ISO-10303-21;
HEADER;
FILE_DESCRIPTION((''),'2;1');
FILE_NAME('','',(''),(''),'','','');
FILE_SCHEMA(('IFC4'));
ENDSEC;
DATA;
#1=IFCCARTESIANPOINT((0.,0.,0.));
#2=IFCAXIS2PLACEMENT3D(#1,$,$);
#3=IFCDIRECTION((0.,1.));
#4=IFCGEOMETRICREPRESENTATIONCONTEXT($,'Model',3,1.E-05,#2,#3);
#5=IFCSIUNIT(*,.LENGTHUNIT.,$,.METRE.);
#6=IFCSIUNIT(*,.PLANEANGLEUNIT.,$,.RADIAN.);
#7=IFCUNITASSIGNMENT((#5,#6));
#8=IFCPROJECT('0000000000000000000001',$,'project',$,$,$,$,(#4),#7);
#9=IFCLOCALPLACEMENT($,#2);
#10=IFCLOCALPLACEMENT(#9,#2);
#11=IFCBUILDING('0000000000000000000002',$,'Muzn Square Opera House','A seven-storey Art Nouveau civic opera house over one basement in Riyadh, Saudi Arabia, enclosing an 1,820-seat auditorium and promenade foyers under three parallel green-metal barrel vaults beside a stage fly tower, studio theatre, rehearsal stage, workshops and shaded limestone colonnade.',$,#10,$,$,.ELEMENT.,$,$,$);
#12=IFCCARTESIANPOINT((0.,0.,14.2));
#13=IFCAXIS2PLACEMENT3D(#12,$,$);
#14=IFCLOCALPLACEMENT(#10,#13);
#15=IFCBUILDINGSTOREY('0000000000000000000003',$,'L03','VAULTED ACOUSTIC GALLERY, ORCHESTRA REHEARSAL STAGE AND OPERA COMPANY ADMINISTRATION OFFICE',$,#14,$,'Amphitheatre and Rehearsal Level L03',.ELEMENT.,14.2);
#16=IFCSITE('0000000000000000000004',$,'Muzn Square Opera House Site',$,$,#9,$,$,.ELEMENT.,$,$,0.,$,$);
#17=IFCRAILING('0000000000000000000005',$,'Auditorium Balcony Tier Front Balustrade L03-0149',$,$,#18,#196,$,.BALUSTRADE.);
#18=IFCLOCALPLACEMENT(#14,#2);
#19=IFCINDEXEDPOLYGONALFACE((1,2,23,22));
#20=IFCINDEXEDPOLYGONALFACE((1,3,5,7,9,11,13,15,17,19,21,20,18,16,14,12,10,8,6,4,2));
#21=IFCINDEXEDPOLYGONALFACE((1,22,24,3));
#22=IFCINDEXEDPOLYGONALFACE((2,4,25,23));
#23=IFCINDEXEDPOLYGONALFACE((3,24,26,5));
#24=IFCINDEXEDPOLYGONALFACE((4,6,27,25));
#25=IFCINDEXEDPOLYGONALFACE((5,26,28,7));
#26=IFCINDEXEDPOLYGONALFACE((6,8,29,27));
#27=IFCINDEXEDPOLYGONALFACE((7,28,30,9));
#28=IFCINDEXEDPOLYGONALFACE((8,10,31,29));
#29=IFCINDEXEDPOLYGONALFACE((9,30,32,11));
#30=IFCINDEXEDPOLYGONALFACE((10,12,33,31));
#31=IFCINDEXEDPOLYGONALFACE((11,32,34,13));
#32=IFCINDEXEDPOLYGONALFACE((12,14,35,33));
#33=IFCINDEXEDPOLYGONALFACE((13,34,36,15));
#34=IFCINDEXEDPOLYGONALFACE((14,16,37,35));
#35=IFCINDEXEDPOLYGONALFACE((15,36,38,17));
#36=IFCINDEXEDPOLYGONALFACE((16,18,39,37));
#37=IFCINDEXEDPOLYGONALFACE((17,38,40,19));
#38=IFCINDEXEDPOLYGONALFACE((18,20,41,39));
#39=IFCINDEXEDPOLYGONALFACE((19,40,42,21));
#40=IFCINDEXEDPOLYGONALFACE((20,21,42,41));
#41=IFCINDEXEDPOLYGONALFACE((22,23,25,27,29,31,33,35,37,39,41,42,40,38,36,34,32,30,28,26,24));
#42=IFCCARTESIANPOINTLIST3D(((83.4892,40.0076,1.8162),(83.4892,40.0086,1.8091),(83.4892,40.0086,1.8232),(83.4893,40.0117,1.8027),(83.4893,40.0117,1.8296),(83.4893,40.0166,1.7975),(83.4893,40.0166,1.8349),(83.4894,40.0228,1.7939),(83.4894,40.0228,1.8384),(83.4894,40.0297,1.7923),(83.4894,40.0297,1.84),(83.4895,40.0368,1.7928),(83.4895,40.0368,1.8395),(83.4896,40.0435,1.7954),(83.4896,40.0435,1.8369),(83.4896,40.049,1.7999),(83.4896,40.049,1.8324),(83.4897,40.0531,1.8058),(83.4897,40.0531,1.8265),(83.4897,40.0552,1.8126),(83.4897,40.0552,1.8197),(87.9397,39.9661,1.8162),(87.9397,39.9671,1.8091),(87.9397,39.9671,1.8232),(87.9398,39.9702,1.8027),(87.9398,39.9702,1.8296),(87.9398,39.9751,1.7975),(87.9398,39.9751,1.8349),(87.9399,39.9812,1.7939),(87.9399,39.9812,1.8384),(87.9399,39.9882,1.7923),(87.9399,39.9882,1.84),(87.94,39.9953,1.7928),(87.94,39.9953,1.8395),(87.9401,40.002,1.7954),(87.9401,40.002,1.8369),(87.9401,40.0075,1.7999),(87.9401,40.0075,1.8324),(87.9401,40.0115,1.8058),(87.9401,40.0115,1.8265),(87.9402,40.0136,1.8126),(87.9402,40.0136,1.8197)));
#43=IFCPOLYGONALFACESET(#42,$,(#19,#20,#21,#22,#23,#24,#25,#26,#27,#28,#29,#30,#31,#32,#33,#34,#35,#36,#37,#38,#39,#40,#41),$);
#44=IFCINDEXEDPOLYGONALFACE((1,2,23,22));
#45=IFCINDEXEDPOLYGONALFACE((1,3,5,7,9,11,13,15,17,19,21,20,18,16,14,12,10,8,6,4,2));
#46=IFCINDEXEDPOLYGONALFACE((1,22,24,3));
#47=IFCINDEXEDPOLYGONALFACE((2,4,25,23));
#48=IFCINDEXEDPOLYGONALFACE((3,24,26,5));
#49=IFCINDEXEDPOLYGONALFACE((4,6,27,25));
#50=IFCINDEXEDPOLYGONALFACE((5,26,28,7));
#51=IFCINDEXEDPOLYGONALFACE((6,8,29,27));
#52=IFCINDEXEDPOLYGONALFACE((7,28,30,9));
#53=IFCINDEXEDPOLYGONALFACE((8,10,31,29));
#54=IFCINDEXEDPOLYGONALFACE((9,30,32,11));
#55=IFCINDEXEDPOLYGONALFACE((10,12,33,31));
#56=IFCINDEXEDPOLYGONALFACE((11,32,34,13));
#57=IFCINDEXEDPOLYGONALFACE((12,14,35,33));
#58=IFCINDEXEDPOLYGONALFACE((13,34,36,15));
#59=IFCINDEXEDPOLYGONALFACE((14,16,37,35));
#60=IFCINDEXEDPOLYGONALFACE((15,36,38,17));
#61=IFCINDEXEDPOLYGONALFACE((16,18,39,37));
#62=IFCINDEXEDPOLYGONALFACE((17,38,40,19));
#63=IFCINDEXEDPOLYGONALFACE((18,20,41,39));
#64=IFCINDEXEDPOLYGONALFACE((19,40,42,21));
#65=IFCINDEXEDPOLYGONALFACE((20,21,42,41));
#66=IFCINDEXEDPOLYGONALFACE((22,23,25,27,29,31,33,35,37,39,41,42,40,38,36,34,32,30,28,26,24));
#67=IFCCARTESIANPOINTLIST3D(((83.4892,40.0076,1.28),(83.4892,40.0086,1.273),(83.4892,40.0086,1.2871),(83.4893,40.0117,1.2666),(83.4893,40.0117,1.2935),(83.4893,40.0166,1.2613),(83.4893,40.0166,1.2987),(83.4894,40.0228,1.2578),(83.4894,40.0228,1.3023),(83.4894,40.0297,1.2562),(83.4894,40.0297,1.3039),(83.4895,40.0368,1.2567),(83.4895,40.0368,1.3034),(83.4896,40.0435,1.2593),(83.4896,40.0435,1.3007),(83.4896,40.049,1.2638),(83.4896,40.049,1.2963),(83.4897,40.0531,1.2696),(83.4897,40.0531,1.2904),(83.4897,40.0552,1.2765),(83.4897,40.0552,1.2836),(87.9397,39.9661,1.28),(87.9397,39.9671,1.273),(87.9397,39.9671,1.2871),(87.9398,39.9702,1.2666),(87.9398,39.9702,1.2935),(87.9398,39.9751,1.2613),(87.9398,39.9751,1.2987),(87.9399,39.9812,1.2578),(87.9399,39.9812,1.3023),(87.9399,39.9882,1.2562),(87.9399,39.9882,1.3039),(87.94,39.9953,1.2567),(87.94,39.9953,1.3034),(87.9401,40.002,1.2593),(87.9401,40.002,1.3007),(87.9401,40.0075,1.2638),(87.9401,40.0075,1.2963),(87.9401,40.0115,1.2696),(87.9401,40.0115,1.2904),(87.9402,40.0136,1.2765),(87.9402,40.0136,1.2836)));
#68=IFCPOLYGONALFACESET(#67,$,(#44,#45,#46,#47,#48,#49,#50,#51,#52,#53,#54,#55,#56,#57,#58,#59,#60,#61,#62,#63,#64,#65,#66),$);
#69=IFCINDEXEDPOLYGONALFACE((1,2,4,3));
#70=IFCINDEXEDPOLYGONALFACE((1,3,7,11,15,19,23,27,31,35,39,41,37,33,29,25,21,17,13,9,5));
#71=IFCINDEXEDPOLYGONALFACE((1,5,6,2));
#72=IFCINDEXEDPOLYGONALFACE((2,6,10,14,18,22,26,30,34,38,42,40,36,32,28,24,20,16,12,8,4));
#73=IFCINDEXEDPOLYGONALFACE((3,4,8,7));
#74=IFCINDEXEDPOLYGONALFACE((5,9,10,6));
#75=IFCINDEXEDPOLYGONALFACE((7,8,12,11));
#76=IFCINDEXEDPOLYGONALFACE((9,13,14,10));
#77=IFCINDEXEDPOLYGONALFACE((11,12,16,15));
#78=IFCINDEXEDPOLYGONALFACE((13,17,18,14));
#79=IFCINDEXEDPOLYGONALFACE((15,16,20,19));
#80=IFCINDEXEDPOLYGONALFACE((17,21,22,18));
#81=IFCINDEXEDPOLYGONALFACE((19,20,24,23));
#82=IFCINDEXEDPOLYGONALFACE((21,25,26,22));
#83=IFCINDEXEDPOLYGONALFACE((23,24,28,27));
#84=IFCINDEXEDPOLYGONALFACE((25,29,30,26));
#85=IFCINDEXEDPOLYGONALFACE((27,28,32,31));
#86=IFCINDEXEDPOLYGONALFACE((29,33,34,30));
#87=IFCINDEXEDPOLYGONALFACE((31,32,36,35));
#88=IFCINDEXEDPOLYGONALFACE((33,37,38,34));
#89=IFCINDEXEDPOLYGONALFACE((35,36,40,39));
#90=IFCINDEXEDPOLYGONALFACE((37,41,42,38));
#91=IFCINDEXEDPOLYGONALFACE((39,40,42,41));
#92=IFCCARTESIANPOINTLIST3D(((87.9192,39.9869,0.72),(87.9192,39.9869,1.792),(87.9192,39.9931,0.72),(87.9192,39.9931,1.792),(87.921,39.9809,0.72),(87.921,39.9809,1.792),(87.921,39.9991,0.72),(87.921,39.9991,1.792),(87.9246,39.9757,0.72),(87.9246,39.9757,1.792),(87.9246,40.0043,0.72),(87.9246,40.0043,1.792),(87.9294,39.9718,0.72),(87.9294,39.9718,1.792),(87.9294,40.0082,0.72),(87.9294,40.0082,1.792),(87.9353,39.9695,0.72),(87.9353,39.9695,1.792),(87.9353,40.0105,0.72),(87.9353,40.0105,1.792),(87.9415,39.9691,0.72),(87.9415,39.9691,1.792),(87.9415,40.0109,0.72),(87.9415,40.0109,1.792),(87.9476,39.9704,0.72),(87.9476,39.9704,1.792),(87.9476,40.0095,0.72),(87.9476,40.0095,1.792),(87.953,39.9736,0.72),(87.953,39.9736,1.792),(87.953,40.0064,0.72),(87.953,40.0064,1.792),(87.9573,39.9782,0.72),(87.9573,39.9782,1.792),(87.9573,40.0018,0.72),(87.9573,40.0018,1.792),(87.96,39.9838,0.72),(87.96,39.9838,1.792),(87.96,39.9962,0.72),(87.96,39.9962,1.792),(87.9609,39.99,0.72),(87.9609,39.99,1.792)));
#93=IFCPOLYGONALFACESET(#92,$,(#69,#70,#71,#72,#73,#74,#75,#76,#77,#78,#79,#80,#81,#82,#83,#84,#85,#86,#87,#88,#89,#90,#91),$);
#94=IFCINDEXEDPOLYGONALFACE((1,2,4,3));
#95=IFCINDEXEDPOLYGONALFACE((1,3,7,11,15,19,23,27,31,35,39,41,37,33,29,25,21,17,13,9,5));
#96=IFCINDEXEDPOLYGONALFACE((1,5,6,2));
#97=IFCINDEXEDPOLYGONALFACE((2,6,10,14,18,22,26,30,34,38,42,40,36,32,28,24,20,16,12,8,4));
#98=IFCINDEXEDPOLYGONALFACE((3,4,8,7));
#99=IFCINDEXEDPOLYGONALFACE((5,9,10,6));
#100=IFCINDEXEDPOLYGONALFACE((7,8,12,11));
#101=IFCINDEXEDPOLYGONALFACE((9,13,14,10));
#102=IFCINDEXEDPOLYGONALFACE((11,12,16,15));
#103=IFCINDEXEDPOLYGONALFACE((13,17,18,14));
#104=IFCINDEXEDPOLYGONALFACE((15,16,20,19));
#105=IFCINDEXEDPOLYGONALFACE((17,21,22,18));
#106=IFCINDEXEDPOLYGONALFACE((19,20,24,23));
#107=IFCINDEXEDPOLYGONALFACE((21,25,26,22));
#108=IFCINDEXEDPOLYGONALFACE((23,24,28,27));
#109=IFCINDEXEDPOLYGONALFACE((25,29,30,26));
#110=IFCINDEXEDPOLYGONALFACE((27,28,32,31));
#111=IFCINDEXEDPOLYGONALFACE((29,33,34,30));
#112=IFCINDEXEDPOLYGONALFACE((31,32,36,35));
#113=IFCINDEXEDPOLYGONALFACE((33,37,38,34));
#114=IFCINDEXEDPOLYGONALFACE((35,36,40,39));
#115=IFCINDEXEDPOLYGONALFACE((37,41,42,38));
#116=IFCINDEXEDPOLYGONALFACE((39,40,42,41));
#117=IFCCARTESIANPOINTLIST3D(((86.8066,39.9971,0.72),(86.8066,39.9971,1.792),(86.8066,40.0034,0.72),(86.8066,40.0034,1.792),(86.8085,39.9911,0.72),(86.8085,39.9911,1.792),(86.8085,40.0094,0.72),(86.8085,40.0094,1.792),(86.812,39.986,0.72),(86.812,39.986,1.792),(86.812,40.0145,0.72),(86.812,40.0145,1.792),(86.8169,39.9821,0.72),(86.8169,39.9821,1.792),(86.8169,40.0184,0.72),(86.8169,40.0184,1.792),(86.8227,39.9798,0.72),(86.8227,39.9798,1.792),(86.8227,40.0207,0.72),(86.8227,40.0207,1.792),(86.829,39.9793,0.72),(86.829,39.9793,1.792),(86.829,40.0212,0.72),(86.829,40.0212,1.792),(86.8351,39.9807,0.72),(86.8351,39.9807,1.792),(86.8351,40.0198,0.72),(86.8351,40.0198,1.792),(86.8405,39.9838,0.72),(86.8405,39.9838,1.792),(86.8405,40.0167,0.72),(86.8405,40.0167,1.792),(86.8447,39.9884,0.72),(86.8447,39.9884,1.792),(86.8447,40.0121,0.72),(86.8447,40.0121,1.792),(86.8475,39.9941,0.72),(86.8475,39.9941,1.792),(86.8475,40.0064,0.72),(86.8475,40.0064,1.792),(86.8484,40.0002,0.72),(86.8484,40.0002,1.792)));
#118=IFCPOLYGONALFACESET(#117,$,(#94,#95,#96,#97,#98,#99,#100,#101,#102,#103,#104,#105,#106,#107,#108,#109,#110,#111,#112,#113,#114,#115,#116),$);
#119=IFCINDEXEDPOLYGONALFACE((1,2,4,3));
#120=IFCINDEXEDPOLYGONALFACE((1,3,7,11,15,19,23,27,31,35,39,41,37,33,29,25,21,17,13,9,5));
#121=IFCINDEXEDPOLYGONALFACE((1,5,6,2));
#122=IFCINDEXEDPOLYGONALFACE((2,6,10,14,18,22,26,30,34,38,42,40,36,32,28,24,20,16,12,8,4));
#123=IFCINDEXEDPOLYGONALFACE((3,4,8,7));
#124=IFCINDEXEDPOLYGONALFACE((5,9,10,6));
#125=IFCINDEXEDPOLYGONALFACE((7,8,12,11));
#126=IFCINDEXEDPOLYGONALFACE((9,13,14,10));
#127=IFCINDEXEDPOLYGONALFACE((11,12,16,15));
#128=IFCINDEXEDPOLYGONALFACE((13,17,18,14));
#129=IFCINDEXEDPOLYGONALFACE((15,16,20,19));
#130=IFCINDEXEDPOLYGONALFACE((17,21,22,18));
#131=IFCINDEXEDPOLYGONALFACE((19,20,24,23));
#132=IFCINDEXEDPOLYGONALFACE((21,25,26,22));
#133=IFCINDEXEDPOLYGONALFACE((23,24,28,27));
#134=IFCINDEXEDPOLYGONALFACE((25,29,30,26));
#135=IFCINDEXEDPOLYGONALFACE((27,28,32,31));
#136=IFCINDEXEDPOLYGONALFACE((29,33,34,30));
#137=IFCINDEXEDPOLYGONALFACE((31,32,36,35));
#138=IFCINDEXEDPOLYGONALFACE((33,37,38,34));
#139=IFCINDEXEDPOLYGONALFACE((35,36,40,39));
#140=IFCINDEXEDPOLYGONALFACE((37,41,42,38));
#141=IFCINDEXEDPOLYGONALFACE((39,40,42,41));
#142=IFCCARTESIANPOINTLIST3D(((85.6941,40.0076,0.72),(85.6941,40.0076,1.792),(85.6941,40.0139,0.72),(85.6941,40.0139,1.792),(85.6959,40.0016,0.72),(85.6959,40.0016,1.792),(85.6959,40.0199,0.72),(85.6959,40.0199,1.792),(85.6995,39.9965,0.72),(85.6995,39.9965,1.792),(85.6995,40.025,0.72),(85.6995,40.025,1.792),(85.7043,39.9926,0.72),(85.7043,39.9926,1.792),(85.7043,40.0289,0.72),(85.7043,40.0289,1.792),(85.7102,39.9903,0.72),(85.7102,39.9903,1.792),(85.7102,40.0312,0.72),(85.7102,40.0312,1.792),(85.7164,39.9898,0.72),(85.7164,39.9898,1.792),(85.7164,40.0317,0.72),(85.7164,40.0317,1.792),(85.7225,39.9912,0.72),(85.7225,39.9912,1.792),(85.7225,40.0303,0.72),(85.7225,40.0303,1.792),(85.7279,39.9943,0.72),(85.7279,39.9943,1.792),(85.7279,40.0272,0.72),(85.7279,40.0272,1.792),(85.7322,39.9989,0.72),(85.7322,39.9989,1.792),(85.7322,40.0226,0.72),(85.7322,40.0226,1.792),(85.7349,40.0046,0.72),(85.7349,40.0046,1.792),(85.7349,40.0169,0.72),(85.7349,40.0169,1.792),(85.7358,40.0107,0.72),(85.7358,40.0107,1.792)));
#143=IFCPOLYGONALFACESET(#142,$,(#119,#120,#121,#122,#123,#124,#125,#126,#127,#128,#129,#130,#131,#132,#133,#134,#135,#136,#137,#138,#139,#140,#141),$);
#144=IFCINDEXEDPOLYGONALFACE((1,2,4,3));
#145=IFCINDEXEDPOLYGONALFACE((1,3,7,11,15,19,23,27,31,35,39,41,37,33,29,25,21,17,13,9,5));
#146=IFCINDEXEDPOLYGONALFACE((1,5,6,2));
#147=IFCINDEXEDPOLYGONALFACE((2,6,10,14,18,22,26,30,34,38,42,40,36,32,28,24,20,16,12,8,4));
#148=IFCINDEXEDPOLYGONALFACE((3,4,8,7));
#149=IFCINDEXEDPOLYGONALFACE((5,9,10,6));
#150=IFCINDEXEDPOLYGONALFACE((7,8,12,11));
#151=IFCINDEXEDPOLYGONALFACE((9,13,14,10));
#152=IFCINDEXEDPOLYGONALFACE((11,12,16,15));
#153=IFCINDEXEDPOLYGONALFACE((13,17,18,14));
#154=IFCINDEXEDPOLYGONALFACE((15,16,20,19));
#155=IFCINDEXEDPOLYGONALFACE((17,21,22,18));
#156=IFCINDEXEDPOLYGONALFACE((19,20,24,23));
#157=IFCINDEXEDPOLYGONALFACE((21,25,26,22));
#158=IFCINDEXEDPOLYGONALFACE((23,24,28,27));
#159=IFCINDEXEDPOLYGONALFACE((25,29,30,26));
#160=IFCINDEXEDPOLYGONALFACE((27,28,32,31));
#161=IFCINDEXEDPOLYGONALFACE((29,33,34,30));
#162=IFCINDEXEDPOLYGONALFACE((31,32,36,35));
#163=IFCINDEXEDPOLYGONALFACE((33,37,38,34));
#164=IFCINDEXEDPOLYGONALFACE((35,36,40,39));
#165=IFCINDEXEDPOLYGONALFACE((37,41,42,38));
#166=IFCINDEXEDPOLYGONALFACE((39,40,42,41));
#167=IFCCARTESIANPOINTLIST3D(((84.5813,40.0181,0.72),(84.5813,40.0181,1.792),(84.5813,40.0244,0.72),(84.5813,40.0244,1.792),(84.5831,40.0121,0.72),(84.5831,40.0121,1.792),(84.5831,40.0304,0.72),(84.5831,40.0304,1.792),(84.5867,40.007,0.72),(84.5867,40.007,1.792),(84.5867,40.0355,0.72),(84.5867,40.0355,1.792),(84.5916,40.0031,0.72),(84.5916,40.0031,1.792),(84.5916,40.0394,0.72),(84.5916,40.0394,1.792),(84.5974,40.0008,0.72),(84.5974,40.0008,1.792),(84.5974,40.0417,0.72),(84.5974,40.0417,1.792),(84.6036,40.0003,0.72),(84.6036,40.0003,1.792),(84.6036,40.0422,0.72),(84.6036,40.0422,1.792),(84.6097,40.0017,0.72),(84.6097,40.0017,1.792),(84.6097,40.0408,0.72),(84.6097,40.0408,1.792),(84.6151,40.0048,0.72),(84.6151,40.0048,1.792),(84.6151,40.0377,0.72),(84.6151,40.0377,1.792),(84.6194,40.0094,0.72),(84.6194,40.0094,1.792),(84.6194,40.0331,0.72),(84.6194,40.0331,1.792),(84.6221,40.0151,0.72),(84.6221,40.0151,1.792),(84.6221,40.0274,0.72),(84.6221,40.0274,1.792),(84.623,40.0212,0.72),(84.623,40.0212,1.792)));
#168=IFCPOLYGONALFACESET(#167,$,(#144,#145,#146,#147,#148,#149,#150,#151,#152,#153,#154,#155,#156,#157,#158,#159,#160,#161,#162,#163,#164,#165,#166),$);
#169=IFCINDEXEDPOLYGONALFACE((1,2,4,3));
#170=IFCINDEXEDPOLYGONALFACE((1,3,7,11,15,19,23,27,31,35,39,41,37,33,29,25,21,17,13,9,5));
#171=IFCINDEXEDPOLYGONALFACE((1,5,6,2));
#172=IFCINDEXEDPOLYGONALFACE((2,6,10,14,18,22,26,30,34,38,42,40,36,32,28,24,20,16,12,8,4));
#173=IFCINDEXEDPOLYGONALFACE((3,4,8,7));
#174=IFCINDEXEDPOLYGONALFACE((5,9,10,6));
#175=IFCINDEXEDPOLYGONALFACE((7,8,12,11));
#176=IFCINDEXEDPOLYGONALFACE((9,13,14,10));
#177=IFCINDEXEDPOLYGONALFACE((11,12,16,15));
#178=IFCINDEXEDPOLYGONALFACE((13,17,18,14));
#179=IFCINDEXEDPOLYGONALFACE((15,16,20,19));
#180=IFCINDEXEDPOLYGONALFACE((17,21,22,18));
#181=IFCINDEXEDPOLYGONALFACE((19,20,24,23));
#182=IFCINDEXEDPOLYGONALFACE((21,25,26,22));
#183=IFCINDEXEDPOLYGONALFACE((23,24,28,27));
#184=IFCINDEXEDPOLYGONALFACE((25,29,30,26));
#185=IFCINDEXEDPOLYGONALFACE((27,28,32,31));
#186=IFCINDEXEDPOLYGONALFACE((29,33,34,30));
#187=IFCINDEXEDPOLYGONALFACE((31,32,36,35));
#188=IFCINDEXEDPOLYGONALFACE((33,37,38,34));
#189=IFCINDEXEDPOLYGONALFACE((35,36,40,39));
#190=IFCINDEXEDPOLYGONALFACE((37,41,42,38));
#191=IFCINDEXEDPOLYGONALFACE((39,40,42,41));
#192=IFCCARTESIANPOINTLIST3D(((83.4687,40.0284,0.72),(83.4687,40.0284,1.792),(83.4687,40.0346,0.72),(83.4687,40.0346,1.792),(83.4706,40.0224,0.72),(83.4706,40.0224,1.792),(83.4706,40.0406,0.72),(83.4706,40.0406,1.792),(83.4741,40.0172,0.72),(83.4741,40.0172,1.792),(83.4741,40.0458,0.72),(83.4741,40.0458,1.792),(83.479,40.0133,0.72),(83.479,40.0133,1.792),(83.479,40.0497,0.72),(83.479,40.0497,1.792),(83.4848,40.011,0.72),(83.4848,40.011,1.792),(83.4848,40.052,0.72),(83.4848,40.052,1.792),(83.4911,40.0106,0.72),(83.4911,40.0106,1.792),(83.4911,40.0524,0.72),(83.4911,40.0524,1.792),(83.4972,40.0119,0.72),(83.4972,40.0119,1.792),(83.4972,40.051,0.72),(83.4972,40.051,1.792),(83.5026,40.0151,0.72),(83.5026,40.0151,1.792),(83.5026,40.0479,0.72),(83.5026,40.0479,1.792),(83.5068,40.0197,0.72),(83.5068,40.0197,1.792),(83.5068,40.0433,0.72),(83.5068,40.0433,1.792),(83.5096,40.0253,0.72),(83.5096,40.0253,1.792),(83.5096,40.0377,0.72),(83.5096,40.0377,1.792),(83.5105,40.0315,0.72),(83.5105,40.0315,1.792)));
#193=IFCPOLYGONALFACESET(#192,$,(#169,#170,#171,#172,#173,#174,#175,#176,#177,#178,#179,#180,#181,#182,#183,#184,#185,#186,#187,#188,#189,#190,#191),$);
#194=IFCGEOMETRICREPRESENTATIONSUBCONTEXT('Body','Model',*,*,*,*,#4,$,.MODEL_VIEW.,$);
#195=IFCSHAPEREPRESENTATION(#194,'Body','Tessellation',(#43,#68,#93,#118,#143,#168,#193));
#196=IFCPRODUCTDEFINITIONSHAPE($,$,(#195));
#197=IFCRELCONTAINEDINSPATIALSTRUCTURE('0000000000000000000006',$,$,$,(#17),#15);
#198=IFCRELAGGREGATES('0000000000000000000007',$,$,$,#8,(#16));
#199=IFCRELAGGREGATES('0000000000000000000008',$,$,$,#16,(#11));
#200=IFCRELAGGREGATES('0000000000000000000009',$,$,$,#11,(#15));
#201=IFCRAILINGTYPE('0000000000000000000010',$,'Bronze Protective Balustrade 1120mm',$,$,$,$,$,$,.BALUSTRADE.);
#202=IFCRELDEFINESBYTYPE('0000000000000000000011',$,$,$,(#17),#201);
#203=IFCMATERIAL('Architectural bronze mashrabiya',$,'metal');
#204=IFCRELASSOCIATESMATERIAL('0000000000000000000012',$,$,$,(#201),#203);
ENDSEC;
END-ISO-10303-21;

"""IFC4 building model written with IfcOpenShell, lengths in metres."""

from ifc_helpers import new_model, si_unit, direction, frame, origin, origin_2d, place, context, subcontext, project, spatial, circle, extrude, material, type_object, element, save


model = new_model("IFC4")

# Units and contexts
model_context = context("Model", 3, precision=1e-05, world=origin(), true_north=direction((0.0, 1.0)))
body_context = subcontext(model_context, "Body", "Model", "MODEL_VIEW")
ifc_project = project(units=[si_unit("LENGTHUNIT", "METRE"), si_unit("PLANEANGLEUNIT", "RADIAN")], contexts=[model_context])

# Site, building, storey
site_placement = place(None, origin())
site = spatial("IfcSite", under=ifc_project, at=site_placement, Name="Muzn Square Opera House Site", CompositionType="ELEMENT", RefElevation=0.0)
building_placement = place(site_placement, origin())
building = spatial("IfcBuilding", under=site, at=building_placement, Name="Muzn Square Opera House", Description="A seven-storey Art Nouveau civic opera house over one basement in Riyadh, Saudi Arabia, enclosing an 1,820-seat auditorium and promenade foyers under three parallel green-metal barrel vaults beside a stage fly tower, studio theatre, rehearsal stage, workshops and shaded limestone colonnade.", CompositionType="ELEMENT")
storey_placement = place(building_placement, frame((0.0, 0.0, 14.2)))
storey = spatial("IfcBuildingStorey", under=building, at=storey_placement, Name="L03", Description="VAULTED ACOUSTIC GALLERY, ORCHESTRA REHEARSAL STAGE AND OPERA COMPANY ADMINISTRATION OFFICE", LongName="Amphitheatre and Rehearsal Level L03", CompositionType="ELEMENT", Elevation=14.2)

# Railing
ifc_material_1 = material(Name="Architectural bronze mashrabiya", Category="metal")
railing_type = type_object("IfcRailingType", Name="Bronze Protective Balustrade 1120mm", PredefinedType="BALUSTRADE", material=ifc_material_1)
railing_1_placement = place(storey_placement, frame((87.9399, 39.99, 0.72)))
element("IfcRailing", 1, at=railing_1_placement, inside=storey, type_object=railing_type, Name="Auditorium Balcony Tier Front Balustrade L03-0149", PredefinedType="BALUSTRADE", context=body_context, shape_type="SweptSolid", body=[
    extrude(circle(Radius=0.0239, at=origin_2d()), frame((0.0, 0.0, 1.0962), z_axis=(-0.999957, 0.009325, 0.0), x_axis=(-0.009325, -0.999957, 0.0)), (0.0, 0.0, 1.0), 4.4507),
    extrude(circle(Radius=0.0239, at=origin_2d()), frame((0.0, 0.0, 0.5601), z_axis=(-0.999957, 0.009325, 0.0), x_axis=(-0.009325, -0.999957, 0.0)), (0.0, 0.0, 1.0), 4.4507),
    extrude(circle(Radius=0.021, at=origin_2d()), origin(), (0.0, 0.0, 1.0), 1.072),
    extrude(circle(Radius=0.021, at=origin_2d()), frame((-1.1125, 0.0103, 0.0)), (0.0, 0.0, 1.0), 1.072),
    extrude(circle(Radius=0.021, at=origin_2d()), frame((-2.2251, 0.0208, 0.0)), (0.0, 0.0, 1.0), 1.072),
    extrude(circle(Radius=0.021, at=origin_2d()), frame((-3.3379, 0.0312, 0.0)), (0.0, 0.0, 1.0), 1.072),
    extrude(circle(Radius=0.021, at=origin_2d()), frame((-4.4504, 0.0415, 0.0)), (0.0, 0.0, 1.0), 1.072),
])

save(model, "model.ifc")
